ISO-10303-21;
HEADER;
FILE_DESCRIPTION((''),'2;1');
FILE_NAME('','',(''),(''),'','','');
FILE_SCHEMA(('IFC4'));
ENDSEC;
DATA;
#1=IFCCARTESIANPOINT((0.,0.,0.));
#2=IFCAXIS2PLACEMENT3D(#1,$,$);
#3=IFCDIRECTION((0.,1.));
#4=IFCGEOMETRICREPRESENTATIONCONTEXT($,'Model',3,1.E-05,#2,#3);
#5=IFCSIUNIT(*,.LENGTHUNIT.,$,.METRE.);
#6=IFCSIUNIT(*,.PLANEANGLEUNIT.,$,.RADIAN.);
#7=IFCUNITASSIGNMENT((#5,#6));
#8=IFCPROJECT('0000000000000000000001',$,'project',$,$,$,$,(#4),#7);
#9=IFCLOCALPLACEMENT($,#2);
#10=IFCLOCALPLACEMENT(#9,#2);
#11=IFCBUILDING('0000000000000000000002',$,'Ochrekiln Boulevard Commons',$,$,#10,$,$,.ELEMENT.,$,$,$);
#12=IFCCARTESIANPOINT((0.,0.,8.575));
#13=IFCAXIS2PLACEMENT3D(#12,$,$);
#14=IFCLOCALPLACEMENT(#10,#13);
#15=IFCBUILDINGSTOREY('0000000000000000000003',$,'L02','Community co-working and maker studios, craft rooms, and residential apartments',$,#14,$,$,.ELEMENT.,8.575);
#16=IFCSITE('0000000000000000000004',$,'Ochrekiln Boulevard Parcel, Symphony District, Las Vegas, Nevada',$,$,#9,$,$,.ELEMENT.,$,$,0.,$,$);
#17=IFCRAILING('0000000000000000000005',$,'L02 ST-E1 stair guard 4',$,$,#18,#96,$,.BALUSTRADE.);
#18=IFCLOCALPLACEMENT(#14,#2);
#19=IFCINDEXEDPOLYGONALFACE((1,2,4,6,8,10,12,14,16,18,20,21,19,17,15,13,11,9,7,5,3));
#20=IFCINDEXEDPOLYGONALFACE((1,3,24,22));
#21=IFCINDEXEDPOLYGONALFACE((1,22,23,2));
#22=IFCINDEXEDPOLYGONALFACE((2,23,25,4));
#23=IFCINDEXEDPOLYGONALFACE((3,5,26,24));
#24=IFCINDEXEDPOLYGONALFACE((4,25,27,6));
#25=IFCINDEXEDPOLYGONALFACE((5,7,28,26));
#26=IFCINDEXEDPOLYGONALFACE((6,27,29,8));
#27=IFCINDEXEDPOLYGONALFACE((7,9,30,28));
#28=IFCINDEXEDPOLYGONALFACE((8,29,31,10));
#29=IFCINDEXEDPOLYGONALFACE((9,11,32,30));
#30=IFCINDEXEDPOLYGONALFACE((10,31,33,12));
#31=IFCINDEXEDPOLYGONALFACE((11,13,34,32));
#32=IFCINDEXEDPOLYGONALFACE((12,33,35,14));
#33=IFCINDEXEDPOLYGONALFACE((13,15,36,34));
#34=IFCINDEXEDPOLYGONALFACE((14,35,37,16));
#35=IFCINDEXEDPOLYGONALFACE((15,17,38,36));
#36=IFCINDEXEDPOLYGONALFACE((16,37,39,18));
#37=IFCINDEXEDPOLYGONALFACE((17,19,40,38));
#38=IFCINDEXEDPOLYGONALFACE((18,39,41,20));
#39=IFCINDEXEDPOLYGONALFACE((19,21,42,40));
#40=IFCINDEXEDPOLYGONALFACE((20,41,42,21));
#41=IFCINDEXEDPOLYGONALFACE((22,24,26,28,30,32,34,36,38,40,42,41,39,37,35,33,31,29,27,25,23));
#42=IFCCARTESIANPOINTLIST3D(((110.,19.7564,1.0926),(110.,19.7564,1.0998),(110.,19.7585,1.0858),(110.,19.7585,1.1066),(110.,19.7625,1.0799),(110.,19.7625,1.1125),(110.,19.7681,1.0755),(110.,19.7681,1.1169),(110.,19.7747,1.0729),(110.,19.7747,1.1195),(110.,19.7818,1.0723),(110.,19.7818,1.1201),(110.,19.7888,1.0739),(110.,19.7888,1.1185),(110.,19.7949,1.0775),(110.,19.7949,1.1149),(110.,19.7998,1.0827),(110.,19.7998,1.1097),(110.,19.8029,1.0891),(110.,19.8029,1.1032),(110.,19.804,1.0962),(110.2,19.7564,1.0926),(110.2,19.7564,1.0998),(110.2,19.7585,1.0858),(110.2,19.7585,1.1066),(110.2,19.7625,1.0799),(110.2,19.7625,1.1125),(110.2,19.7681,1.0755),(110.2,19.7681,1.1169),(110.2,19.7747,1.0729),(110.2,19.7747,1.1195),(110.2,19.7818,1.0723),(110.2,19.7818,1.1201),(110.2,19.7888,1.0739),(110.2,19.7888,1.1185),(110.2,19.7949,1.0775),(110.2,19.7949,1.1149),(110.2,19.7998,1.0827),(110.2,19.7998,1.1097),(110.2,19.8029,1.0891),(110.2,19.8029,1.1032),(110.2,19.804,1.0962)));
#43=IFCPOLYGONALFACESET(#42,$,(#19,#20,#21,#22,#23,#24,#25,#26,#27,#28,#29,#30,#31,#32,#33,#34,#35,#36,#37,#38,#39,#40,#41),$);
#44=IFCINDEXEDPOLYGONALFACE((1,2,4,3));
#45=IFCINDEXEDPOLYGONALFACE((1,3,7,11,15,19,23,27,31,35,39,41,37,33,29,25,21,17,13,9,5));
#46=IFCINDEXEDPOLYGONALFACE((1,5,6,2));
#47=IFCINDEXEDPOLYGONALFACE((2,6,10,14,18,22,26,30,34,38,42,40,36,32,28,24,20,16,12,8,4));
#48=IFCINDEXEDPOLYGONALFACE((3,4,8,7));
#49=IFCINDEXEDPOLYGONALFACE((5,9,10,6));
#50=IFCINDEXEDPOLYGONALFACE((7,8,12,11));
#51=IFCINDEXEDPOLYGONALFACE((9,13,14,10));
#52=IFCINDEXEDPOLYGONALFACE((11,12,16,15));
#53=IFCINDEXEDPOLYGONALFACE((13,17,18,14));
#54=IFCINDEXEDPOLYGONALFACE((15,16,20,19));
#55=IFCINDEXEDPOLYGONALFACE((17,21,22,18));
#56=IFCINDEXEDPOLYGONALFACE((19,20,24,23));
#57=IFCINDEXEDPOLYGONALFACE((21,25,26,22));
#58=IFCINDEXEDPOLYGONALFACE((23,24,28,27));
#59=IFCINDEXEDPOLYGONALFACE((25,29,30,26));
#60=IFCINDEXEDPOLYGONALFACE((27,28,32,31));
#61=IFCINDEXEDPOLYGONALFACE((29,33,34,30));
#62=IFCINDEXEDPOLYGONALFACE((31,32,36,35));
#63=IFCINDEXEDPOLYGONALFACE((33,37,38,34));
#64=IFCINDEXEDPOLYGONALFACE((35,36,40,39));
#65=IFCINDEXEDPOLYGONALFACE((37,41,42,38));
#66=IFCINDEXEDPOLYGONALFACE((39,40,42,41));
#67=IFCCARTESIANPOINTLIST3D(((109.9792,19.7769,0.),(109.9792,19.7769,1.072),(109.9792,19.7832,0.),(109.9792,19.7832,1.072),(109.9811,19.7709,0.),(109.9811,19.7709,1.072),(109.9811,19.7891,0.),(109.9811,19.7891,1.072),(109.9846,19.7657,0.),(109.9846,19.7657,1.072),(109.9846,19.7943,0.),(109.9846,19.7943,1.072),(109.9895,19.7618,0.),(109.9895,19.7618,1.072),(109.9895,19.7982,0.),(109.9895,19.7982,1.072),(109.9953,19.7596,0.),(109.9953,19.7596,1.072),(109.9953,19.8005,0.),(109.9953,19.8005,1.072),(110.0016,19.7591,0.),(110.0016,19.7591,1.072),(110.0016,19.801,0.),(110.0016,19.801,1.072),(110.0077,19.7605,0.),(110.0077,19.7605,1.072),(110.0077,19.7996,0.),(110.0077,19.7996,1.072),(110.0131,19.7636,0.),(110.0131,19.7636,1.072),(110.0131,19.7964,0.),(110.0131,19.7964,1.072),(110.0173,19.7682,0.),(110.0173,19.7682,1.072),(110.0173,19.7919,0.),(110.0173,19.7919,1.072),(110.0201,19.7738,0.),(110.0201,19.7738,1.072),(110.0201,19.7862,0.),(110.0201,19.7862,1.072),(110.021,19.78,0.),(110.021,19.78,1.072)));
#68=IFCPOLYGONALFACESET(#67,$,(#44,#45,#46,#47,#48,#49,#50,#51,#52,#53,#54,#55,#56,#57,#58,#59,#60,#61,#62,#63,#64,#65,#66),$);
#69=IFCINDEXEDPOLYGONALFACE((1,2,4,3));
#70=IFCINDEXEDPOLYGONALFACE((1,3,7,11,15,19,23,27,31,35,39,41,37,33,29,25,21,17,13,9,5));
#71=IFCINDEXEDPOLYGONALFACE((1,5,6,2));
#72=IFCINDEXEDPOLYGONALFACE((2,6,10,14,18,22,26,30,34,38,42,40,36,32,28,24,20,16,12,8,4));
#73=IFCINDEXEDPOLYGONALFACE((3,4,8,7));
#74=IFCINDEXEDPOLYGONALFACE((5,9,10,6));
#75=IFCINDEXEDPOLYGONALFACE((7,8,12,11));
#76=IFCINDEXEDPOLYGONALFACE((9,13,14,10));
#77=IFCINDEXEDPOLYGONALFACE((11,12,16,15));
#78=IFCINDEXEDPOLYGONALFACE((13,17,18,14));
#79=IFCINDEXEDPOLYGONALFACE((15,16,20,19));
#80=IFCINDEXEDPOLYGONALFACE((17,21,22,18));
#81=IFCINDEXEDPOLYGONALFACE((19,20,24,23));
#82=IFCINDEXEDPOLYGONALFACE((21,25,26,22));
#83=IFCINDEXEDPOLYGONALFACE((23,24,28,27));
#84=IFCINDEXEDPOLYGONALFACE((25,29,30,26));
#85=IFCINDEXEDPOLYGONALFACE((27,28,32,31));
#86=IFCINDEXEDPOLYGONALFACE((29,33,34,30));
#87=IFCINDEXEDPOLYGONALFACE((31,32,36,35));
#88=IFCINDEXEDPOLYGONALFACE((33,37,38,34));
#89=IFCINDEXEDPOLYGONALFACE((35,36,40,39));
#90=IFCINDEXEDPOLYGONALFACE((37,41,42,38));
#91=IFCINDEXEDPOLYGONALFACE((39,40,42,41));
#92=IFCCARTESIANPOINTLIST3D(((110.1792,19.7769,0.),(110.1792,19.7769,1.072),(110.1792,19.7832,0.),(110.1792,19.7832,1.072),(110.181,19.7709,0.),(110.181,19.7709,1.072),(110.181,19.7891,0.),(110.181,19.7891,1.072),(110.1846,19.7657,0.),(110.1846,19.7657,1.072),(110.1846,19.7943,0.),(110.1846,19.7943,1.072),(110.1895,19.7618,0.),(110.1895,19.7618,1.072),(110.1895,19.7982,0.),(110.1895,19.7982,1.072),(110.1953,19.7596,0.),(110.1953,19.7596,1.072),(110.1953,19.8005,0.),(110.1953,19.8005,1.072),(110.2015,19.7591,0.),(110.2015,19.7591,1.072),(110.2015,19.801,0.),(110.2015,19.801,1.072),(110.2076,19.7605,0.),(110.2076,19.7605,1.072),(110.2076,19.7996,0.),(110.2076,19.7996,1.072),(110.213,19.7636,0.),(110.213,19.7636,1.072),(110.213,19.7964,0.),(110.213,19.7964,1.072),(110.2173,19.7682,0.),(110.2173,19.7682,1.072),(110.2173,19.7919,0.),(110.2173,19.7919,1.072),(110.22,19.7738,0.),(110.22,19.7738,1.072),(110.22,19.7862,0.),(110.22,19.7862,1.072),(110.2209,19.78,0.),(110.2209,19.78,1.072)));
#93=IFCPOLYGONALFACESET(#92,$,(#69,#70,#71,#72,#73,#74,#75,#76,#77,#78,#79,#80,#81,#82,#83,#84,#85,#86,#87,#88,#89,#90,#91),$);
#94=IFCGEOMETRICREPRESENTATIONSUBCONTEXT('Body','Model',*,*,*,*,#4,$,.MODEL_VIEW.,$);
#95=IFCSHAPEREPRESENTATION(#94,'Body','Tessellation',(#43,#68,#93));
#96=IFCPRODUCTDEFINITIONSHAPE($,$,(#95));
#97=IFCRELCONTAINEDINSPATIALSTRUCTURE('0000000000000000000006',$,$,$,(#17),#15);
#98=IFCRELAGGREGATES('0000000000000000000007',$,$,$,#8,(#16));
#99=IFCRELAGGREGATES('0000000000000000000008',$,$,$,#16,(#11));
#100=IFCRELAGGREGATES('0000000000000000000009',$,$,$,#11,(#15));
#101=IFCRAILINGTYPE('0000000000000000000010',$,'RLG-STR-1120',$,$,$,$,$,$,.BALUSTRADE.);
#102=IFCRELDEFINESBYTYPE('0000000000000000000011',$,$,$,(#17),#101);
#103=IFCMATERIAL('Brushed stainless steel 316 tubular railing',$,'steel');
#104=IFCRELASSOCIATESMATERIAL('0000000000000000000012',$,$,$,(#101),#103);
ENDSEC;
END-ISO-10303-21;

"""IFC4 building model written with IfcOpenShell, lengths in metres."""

from ifc_helpers import new_model, si_unit, direction, frame, origin, origin_2d, place, context, subcontext, project, spatial, circle, extrude, material, type_object, element, save


model = new_model("IFC4")

# Units and contexts
model_context = context("Model", 3, precision=1e-05, world=origin(), true_north=direction((0.0, 1.0)))
body_context = subcontext(model_context, "Body", "Model", "MODEL_VIEW")
ifc_project = project(units=[si_unit("LENGTHUNIT", "METRE"), si_unit("PLANEANGLEUNIT", "RADIAN")], contexts=[model_context])

# Site, building, storey
site_placement = place(None, origin())
site = spatial("IfcSite", under=ifc_project, at=site_placement, Name="Ochrekiln Boulevard Parcel, Symphony District, Las Vegas, Nevada", CompositionType="ELEMENT", RefElevation=0.0)
building_placement = place(site_placement, origin())
building = spatial("IfcBuilding", under=site, at=building_placement, Name="Ochrekiln Boulevard Commons", CompositionType="ELEMENT")
storey_placement = place(building_placement, frame((0.0, 0.0, 8.575)))
storey = spatial("IfcBuildingStorey", under=building, at=storey_placement, Name="L02", Description="Community co-working and maker studios, craft rooms, and residential apartments", CompositionType="ELEMENT", Elevation=8.575)

# Railing
ifc_material_1 = material(Name="Brushed stainless steel 316 tubular railing", Category="steel")
railing_type_1 = type_object("IfcRailingType", Name="RLG-STR-1120", PredefinedType="BALUSTRADE", material=ifc_material_1)
railing_1_placement = place(storey_placement, frame((110.0, 19.78, 0.0)))
element("IfcRailing", 1, at=railing_1_placement, inside=storey, type_object=railing_type_1, Name="L02 ST-E1 stair guard 4", PredefinedType="BALUSTRADE", context=body_context, shape_type="SweptSolid", body=[
    extrude(circle(Radius=0.0239, at=origin_2d()), frame((0.0, 0.0, 1.0962), z_axis=(1.0, 0.0, 0.0), x_axis=(0.0, 1.0, 0.0)), (0.0, 0.0, 1.0), 0.2),
    extrude(circle(Radius=0.021, at=origin_2d()), origin(), (0.0, 0.0, 1.0), 1.072),
    extrude(circle(Radius=0.021, at=origin_2d()), frame((0.2, 0.0, 0.0)), (0.0, 0.0, 1.0), 1.072),
])

save(model, "model.ifc")
